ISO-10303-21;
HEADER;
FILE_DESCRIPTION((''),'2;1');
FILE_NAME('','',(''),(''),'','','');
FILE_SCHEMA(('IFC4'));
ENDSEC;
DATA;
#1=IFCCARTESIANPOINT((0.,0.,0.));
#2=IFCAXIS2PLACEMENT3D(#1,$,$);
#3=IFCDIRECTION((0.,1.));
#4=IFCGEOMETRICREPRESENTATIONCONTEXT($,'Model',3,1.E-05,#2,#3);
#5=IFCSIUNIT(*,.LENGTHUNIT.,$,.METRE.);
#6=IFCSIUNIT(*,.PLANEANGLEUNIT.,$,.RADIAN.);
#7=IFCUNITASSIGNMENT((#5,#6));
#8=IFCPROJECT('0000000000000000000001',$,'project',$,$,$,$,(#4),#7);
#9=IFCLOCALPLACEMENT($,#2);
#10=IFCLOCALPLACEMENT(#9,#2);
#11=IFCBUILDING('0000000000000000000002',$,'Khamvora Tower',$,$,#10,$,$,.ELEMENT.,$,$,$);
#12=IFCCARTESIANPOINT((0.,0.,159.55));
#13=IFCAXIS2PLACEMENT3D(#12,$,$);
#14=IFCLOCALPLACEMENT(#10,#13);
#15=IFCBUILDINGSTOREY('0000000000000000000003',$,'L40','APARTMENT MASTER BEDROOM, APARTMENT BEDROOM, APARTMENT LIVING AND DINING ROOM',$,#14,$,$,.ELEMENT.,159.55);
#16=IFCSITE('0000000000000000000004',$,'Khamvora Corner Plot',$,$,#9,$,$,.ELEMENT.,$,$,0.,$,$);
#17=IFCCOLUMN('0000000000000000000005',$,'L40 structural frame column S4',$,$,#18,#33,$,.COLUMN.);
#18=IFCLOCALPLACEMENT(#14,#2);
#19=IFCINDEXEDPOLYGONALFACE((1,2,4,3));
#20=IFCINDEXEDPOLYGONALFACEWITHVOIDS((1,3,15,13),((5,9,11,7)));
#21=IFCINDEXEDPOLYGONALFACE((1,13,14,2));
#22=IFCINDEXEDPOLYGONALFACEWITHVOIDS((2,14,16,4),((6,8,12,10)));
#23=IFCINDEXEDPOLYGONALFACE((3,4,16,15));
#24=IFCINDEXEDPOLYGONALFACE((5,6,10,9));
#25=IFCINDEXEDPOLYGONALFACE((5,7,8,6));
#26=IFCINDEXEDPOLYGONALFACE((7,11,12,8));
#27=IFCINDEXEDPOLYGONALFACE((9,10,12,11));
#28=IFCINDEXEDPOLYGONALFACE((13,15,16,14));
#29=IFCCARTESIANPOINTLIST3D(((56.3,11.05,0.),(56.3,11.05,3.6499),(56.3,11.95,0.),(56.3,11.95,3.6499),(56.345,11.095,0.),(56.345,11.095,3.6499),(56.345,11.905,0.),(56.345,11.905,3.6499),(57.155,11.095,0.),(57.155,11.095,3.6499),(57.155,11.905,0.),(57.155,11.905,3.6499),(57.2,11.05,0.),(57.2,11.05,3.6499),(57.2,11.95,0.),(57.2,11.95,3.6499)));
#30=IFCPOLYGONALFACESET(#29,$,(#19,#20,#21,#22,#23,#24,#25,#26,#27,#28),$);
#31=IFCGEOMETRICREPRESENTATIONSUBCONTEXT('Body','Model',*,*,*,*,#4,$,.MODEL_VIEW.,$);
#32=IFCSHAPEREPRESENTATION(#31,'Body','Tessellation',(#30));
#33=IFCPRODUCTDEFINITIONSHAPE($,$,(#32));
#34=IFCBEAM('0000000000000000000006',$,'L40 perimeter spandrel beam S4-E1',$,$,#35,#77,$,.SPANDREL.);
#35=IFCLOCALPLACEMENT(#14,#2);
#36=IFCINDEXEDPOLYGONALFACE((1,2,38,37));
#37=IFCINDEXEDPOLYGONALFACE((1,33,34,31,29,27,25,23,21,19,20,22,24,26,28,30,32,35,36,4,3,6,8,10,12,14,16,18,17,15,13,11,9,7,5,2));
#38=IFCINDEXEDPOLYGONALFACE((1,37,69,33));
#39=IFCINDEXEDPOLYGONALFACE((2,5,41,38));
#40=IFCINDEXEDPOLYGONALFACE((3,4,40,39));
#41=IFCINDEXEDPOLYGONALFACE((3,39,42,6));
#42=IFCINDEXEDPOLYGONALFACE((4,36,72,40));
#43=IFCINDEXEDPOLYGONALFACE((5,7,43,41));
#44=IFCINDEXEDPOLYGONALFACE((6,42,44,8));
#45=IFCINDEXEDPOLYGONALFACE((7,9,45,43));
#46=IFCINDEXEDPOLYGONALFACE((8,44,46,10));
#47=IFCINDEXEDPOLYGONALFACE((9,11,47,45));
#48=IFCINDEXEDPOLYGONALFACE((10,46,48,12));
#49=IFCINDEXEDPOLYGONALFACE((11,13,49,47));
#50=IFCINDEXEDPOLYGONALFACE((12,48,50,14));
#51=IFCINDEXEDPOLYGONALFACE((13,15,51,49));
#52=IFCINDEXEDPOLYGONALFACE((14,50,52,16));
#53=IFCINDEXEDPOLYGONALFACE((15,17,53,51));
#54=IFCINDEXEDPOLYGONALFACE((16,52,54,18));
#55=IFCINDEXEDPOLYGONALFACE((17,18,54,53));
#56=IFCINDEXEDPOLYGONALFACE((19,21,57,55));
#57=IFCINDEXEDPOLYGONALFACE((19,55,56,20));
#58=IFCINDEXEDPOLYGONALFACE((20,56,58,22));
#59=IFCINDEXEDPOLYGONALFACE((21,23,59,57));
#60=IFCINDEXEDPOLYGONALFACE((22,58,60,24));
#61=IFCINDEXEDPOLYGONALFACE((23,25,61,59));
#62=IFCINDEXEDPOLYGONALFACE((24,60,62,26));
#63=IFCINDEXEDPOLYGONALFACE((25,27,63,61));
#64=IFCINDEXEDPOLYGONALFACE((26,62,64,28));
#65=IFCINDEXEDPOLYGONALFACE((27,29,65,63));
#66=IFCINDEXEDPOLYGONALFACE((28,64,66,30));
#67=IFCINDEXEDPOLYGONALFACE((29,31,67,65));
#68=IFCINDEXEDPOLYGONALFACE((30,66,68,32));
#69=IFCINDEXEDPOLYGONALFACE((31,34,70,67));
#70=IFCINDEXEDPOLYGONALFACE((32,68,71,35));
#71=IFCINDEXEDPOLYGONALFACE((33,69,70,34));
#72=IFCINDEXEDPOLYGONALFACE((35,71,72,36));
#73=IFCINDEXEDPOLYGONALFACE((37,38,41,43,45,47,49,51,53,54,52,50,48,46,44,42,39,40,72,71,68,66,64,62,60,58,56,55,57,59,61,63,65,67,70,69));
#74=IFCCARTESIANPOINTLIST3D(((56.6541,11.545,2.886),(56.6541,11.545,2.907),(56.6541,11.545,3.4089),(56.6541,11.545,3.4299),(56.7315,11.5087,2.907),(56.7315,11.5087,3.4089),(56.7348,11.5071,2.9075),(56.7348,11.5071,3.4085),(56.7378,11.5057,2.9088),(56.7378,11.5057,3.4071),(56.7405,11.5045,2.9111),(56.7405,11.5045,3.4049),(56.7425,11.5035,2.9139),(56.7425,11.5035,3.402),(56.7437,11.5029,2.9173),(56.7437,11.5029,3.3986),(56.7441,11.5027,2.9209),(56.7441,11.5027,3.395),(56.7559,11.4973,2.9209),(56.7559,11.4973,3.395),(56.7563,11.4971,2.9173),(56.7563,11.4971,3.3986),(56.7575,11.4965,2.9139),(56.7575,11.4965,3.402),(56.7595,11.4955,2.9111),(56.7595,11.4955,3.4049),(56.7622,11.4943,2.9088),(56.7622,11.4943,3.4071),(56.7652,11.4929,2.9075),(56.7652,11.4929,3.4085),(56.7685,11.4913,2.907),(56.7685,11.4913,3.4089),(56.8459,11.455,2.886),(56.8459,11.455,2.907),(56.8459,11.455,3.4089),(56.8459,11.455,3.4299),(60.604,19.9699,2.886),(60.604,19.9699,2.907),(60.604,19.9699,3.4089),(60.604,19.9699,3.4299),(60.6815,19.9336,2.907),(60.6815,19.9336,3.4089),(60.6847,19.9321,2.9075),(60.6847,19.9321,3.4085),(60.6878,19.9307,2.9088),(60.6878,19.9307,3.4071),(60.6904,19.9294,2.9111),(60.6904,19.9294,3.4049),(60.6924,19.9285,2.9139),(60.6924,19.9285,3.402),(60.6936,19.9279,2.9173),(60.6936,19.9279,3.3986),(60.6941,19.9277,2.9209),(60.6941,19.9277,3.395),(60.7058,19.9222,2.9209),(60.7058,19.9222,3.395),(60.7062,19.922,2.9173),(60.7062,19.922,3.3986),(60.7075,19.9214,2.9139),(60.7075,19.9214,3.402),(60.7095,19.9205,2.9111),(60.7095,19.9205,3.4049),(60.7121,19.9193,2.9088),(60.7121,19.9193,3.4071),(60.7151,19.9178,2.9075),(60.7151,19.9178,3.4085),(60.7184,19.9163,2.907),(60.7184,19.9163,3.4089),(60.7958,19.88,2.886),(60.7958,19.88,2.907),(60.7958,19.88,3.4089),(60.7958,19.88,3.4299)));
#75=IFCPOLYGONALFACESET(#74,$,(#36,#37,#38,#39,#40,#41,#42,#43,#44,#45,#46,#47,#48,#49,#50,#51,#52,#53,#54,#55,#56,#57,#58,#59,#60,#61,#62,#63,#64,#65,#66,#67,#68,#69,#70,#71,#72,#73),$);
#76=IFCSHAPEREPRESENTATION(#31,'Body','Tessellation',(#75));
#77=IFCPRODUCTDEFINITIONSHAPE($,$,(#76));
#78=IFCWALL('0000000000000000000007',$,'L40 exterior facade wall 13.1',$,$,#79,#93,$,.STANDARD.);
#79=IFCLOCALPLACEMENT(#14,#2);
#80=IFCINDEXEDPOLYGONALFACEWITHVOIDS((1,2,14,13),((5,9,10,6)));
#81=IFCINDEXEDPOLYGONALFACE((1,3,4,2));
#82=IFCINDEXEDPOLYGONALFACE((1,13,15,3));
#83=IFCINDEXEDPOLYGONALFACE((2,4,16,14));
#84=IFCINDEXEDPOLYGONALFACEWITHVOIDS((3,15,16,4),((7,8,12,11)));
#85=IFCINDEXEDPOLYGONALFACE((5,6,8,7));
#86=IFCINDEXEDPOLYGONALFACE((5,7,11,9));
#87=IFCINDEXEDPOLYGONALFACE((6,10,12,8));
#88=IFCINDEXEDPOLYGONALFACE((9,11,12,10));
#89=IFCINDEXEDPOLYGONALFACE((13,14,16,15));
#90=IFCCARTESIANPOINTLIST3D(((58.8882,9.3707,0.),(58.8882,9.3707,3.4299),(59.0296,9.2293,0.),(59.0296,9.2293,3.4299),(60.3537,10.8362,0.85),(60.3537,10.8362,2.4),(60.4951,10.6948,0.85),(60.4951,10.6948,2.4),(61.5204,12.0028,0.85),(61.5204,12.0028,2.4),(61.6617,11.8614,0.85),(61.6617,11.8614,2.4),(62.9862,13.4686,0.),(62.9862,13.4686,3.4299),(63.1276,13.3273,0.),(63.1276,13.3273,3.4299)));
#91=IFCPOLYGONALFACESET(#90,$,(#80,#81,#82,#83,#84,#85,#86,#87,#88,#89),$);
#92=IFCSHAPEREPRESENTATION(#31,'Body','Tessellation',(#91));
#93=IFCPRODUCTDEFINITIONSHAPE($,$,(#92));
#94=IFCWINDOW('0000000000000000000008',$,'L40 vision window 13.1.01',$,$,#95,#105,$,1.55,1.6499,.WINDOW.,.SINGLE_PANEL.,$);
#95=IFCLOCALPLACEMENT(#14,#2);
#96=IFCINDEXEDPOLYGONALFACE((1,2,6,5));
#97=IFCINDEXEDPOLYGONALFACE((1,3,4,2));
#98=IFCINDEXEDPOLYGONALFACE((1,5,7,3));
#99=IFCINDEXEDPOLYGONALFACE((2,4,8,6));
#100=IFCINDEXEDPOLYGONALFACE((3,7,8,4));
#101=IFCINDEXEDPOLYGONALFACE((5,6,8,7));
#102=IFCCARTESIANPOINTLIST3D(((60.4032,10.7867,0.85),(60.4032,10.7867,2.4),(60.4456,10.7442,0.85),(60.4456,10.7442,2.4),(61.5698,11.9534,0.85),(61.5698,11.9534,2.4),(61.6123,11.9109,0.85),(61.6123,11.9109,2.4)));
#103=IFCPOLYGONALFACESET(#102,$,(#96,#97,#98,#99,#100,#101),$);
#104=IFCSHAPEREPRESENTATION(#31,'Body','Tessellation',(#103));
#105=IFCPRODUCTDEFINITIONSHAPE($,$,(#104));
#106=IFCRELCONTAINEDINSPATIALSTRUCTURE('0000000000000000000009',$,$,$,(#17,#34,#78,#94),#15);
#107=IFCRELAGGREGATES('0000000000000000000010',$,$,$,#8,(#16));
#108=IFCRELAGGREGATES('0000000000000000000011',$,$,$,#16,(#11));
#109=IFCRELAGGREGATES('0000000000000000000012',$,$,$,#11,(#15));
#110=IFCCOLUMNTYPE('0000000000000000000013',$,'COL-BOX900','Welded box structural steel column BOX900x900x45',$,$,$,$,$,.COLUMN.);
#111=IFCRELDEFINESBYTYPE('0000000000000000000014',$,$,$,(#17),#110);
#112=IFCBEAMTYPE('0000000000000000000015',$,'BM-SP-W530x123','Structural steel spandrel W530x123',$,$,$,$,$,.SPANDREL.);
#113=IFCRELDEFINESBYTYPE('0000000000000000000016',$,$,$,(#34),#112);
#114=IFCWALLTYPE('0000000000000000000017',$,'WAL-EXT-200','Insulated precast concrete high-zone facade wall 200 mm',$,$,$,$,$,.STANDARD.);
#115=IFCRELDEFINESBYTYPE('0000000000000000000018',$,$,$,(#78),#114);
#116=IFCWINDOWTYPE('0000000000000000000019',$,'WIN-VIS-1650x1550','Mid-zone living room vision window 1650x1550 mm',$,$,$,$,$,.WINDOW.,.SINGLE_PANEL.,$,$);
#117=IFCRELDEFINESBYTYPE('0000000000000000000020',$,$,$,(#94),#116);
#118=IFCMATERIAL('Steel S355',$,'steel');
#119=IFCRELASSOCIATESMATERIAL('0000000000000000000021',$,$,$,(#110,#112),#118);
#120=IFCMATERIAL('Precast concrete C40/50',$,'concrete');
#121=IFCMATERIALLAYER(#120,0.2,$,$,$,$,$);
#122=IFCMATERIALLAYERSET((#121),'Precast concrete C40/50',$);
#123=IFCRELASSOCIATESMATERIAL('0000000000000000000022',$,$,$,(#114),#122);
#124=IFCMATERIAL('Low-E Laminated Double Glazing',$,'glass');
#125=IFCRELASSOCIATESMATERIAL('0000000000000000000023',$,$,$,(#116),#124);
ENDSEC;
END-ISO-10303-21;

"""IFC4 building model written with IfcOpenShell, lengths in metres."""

from ifc_helpers import new_model, si_unit, direction, frame, frame_2d, origin, origin_2d, place, context, subcontext, project, spatial, rectangle, hollow_rectangle, i_section, extrude, material, layer, layer_set, material_profile, profile_set, type_object, element, fill, save


model = new_model("IFC4")

# Units and contexts
model_context = context("Model", 3, precision=1e-05, world=origin(), true_north=direction((0.0, 1.0)))
body_context = subcontext(model_context, "Body", "Model", "MODEL_VIEW")
ifc_project = project(units=[si_unit("LENGTHUNIT", "METRE"), si_unit("PLANEANGLEUNIT", "RADIAN")], contexts=[model_context])

# Site, building, storey
site_placement = place(None, origin())
site = spatial("IfcSite", under=ifc_project, at=site_placement, Name="Khamvora Corner Plot", CompositionType="ELEMENT", RefElevation=0.0)
building_placement = place(site_placement, origin())
building = spatial("IfcBuilding", under=site, at=building_placement, Name="Khamvora Tower", CompositionType="ELEMENT")
storey_placement = place(building_placement, frame((0.0, 0.0, 159.55)))
storey = spatial("IfcBuildingStorey", under=building, at=storey_placement, Name="L40", Description="APARTMENT MASTER BEDROOM, APARTMENT BEDROOM, APARTMENT LIVING AND DINING ROOM", CompositionType="ELEMENT", Elevation=159.55)

# Column
ifc_material_1 = material(Name="Steel S355", Category="steel")
ifc_material_profile_1 = material_profile(ifc_material_1, hollow_rectangle(XDim=0.8999, YDim=0.8999, WallThickness=0.0449, at=origin_2d()), Name="BOX900x900x45")
ifc_profile_set_1 = profile_set([ifc_material_profile_1], Name="Steel S355")
column_type = type_object("IfcColumnType", Name="COL-BOX900", Description="Welded box structural steel column BOX900x900x45", PredefinedType="COLUMN", material=ifc_profile_set_1)
column_placement = place(storey_placement, frame((56.75, 11.5, 0.0), z_axis=(0.0, 0.0, 1.0), x_axis=(1.0, 0.0, 0.0)))
element("IfcColumn", 1, at=column_placement, inside=storey, type_object=column_type, Name="L40 structural frame column S4", PredefinedType="COLUMN", context=body_context, shape_type="SweptSolid", body=[
    extrude(hollow_rectangle(XDim=0.8999, YDim=0.8999, WallThickness=0.0449, at=origin_2d()), origin(), (0.0, 0.0, 1.0), 3.6499),
])

# Beam
ifc_material_profile_2 = material_profile(ifc_material_1, i_section(OverallWidth=0.2119, OverallDepth=0.5439, WebThickness=0.0129, FlangeThickness=0.021, FilletRadius=0.0139, at=origin_2d()), Name="W530x123")
ifc_profile_set_2 = profile_set([ifc_material_profile_2], Name="Steel S355")
beam_type = type_object("IfcBeamType", Name="BM-SP-W530x123", Description="Structural steel spandrel W530x123", PredefinedType="SPANDREL", material=ifc_profile_set_2)
beam_placement = place(storey_placement, frame((56.75, 11.5, 3.158), z_axis=(0.424496, 0.90543, 0.0), x_axis=(-0.90543, 0.424496, 0.0)))
element("IfcBeam", 2, at=beam_placement, inside=storey, type_object=beam_type, Name="L40 perimeter spandrel beam S4-E1", PredefinedType="SPANDREL", context=body_context, shape_type="SweptSolid", body=[
    extrude(i_section(OverallWidth=0.2119, OverallDepth=0.5439, WebThickness=0.0129, FlangeThickness=0.021, FilletRadius=0.0139, at=origin_2d()), origin(), (0.0, 0.0, 1.0), 9.3049),
])

# Wall, opening, window
ifc_material_2 = material(Name="Precast concrete C40/50", Category="concrete")
ifc_layer_1 = layer(ifc_material_2, 0.2)
ifc_layer_set_1 = layer_set([ifc_layer_1], Name="Precast concrete C40/50")
wall_type_1 = type_object("IfcWallType", Name="WAL-EXT-200", Description="Insulated precast concrete high-zone facade wall 200 mm", PredefinedType="STANDARD", material=ifc_layer_set_1)
wall_1_placement = place(storey_placement, frame((63.0569, 13.3979, 0.0), z_axis=(0.0, 0.0, 1.0), x_axis=(-0.707107, -0.707107, 0.0)))
wall_1 = element("IfcWall", 3, at=wall_1_placement, inside=storey, type_object=wall_type_1, Name="L40 exterior facade wall 13.1", PredefinedType="STANDARD", context=body_context, shape_type="SweptSolid", body=[
    extrude(rectangle(XDim=5.7954, YDim=0.2, at=frame_2d((2.8977, 0.0))), origin(), (0.0, 0.0, 1.0), 3.4299),
])
opening_1_placement = place(wall_1_placement, frame((2.073, 0.0, 0.8501)))
opening_1 = element("IfcOpeningElement", 4, at=opening_1_placement, cuts=wall_1, PredefinedType="OPENING", context=body_context, shape_type="SweptSolid", body=[
    extrude(rectangle(XDim=1.6499, YDim=1.55, at=frame_2d((0.825, 0.7749))), frame((0.0, 0.1099, 0.0), z_axis=(0.0, -1.0, 0.0), x_axis=(1.0, 0.0, 0.0)), (0.0, 0.0, 1.0), 0.22),
])
ifc_material_3 = material(Name="Low-E Laminated Double Glazing", Category="glass")
window_type_1 = type_object("IfcWindowType", Name="WIN-VIS-1650x1550", Description="Mid-zone living room vision window 1650x1550 mm", PartitioningType="SINGLE_PANEL", PredefinedType="WINDOW", material=ifc_material_3)
window_1_placement = place(opening_1_placement, origin())
window_1 = element("IfcWindow", 5, at=window_1_placement, inside=storey, type_object=window_type_1, Name="L40 vision window 13.1.01", OverallHeight=1.55, OverallWidth=1.6499, PartitioningType="SINGLE_PANEL", PredefinedType="WINDOW", context=body_context, shape_type="SweptSolid", body=[
    extrude(rectangle(XDim=1.6499, YDim=1.55, at=frame_2d((0.825, 0.7749))), frame((0.0, 0.03, 0.0), z_axis=(0.0, -1.0, 0.0), x_axis=(1.0, 0.0, 0.0)), (0.0, 0.0, 1.0), 0.0601),
])
fill(opening_1, window_1)

save(model, "model.ifc")
